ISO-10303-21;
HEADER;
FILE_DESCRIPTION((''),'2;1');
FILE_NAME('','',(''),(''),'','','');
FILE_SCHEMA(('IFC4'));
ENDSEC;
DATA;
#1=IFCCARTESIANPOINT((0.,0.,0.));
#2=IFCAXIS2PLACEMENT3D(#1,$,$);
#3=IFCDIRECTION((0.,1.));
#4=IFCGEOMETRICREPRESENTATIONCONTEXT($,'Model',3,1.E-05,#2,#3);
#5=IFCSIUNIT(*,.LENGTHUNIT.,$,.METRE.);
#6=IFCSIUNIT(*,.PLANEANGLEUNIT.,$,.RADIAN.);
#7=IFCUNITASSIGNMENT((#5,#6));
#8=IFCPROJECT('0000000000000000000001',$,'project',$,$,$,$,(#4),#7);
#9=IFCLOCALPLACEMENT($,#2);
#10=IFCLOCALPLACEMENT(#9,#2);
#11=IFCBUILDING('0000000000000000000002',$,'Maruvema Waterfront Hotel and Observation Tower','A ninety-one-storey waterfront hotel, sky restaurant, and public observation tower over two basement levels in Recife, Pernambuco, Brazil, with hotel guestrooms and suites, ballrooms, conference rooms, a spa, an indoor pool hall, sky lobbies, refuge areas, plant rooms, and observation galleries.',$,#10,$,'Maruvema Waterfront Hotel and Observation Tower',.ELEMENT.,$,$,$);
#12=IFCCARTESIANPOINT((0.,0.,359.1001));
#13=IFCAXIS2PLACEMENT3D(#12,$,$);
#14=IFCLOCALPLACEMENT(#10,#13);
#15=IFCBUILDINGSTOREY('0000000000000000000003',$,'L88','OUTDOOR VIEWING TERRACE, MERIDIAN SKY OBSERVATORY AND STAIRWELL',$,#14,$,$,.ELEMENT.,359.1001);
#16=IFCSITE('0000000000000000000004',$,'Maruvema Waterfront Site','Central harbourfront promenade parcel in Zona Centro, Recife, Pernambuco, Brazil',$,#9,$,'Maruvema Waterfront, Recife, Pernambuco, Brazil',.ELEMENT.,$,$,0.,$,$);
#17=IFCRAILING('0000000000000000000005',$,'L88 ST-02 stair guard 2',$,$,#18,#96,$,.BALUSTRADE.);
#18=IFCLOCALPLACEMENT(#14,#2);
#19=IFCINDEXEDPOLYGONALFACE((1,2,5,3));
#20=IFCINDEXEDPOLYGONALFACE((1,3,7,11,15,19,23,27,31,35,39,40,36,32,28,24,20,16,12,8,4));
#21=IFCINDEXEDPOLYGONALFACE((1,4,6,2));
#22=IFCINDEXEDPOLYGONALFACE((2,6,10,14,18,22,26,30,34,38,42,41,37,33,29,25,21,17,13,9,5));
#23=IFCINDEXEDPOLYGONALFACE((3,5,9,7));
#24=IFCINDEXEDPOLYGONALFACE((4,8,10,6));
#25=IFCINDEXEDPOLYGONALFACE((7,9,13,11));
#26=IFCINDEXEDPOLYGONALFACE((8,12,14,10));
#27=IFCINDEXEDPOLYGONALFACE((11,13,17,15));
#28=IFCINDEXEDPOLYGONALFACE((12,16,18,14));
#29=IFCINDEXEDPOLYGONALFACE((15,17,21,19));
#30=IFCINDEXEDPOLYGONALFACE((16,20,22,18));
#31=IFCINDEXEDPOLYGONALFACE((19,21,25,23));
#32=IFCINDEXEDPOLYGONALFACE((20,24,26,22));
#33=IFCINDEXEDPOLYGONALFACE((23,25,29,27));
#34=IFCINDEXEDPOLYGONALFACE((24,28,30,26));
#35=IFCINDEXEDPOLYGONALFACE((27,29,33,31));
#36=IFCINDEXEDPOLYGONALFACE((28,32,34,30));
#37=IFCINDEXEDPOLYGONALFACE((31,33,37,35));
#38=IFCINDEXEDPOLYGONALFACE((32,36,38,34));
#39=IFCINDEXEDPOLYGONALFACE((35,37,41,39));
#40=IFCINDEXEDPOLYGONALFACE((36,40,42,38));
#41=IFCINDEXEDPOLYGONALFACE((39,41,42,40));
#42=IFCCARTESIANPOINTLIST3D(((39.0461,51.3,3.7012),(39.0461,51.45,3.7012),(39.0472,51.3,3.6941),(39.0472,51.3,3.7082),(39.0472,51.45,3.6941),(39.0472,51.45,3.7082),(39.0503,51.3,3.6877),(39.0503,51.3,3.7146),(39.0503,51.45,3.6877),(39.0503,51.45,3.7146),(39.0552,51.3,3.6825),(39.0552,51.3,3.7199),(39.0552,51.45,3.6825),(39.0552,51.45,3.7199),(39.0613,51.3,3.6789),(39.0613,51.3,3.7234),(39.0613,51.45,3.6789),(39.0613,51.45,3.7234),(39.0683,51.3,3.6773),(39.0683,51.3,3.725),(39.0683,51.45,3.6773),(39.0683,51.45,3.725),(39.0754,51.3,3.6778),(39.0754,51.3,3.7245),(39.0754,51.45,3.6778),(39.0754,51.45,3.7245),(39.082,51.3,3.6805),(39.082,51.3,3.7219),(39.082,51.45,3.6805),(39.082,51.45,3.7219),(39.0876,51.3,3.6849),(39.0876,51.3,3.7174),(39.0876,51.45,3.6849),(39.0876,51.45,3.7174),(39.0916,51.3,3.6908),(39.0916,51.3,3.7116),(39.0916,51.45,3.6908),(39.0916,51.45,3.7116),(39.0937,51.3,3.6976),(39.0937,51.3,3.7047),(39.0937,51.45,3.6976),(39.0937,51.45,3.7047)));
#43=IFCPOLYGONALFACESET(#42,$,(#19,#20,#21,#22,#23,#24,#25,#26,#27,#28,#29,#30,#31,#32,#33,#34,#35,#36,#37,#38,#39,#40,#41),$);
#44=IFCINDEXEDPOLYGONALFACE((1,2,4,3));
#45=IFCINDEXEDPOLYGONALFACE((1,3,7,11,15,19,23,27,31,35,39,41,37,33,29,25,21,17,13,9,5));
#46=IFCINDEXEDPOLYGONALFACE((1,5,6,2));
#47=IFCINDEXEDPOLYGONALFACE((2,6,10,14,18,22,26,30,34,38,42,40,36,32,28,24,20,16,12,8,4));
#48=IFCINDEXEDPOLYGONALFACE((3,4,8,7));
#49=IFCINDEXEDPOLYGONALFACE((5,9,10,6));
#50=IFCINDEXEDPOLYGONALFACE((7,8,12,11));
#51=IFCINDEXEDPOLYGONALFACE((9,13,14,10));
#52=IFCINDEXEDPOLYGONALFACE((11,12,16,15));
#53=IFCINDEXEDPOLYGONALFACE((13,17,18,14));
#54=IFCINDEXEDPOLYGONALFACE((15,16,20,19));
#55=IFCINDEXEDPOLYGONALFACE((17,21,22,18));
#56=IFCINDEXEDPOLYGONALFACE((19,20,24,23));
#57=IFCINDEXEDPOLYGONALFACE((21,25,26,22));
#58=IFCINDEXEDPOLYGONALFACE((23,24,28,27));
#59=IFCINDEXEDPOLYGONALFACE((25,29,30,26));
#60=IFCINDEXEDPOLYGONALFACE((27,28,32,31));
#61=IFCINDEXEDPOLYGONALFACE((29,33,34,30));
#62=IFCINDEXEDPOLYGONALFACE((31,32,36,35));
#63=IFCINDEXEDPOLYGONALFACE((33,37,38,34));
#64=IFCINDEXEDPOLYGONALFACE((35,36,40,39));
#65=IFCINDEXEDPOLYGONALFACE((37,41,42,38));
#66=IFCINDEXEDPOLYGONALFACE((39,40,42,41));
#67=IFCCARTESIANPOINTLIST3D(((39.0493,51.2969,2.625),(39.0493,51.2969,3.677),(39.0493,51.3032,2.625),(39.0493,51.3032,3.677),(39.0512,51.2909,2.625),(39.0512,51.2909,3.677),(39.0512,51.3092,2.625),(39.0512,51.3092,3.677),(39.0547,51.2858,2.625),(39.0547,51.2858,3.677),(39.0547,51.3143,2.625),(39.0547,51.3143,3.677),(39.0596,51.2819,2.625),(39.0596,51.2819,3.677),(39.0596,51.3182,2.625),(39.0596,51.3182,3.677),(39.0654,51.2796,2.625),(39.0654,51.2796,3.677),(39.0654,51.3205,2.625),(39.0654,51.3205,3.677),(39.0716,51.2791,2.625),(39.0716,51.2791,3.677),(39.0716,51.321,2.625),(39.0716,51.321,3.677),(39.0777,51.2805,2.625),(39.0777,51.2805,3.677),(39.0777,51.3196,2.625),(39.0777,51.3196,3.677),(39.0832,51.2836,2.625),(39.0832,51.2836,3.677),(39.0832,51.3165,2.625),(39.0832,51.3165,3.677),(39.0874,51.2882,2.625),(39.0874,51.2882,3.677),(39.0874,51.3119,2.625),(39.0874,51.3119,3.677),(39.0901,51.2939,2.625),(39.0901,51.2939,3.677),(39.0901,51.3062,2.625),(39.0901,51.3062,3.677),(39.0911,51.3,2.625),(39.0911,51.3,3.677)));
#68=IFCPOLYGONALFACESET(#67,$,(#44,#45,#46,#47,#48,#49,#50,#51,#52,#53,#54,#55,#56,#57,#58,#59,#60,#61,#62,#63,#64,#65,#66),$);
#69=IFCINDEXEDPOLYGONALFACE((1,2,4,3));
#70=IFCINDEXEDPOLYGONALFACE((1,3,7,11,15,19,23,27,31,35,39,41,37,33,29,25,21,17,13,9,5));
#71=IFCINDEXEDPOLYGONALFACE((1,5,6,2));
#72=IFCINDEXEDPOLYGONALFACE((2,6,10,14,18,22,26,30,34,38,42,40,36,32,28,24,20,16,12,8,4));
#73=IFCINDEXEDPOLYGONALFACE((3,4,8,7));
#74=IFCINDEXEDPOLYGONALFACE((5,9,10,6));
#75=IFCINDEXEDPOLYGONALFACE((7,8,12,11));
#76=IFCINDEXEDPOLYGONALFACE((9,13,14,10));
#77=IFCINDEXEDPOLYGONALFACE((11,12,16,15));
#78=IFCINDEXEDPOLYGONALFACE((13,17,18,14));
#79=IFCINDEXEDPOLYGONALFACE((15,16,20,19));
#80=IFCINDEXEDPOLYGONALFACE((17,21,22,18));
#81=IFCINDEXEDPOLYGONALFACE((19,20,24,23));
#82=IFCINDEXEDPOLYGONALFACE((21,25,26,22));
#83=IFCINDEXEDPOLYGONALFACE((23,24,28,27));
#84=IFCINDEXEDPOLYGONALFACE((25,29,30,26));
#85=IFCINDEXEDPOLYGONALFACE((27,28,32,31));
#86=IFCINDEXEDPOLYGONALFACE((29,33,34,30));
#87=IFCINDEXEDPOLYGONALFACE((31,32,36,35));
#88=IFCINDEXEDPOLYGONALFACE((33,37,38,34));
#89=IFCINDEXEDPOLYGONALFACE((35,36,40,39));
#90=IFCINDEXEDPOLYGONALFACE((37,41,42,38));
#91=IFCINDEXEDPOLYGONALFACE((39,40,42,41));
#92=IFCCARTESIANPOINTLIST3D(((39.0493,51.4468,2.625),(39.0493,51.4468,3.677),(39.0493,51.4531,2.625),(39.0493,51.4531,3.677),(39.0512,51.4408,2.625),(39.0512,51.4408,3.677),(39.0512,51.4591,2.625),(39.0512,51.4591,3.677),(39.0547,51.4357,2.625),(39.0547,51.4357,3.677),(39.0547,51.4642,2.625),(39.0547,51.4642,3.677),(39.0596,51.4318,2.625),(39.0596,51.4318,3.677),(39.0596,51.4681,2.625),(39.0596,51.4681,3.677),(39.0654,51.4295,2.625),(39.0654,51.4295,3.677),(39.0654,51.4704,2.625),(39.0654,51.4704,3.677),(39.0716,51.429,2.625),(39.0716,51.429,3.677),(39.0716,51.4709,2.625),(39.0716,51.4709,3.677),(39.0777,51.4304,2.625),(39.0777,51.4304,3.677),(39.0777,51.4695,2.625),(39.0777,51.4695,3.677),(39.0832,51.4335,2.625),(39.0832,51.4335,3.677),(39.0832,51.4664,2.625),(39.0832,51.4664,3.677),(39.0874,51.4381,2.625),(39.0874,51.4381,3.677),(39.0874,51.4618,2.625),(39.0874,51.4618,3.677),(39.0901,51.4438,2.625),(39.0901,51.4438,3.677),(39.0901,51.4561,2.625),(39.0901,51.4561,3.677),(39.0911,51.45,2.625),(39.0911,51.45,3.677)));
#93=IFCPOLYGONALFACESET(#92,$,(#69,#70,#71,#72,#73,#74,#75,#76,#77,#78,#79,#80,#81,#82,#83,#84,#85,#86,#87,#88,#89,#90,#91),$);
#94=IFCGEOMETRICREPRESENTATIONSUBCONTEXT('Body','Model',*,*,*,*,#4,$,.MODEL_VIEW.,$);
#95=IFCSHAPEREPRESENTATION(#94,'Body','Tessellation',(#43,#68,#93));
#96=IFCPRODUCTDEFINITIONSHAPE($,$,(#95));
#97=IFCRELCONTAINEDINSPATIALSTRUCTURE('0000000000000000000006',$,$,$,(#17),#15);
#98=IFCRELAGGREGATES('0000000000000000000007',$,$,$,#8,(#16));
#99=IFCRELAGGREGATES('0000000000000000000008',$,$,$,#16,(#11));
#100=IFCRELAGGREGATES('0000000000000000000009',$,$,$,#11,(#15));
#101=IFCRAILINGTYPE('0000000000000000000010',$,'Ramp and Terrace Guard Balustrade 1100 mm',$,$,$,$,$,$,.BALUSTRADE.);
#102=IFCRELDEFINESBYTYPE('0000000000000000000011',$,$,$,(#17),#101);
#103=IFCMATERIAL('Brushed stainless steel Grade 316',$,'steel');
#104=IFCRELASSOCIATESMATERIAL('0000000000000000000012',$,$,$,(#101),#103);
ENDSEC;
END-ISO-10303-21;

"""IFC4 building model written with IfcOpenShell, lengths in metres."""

from ifc_helpers import new_model, si_unit, direction, frame, origin, origin_2d, place, context, subcontext, project, spatial, circle, extrude, material, type_object, element, save


model = new_model("IFC4")

# Units and contexts
model_context = context("Model", 3, precision=1e-05, world=origin(), true_north=direction((0.0, 1.0)))
body_context = subcontext(model_context, "Body", "Model", "MODEL_VIEW")
ifc_project = project(units=[si_unit("LENGTHUNIT", "METRE"), si_unit("PLANEANGLEUNIT", "RADIAN")], contexts=[model_context])

# Site, building, storey
site_placement = place(None, origin())
site = spatial("IfcSite", under=ifc_project, at=site_placement, Name="Maruvema Waterfront Site", Description="Central harbourfront promenade parcel in Zona Centro, Recife, Pernambuco, Brazil", LongName="Maruvema Waterfront, Recife, Pernambuco, Brazil", CompositionType="ELEMENT", RefElevation=0.0)
building_placement = place(site_placement, origin())
building = spatial("IfcBuilding", under=site, at=building_placement, Name="Maruvema Waterfront Hotel and Observation Tower", Description="A ninety-one-storey waterfront hotel, sky restaurant, and public observation tower over two basement levels in Recife, Pernambuco, Brazil, with hotel guestrooms and suites, ballrooms, conference rooms, a spa, an indoor pool hall, sky lobbies, refuge areas, plant rooms, and observation galleries.", LongName="Maruvema Waterfront Hotel and Observation Tower", CompositionType="ELEMENT")
storey_placement = place(building_placement, frame((0.0, 0.0, 359.1001)))
storey = spatial("IfcBuildingStorey", under=building, at=storey_placement, Name="L88", Description="OUTDOOR VIEWING TERRACE, MERIDIAN SKY OBSERVATORY AND STAIRWELL", CompositionType="ELEMENT", Elevation=359.1001)

# Railing
ifc_material_1 = material(Name="Brushed stainless steel Grade 316", Category="steel")
railing_type_1 = type_object("IfcRailingType", Name="Ramp and Terrace Guard Balustrade 1100 mm", PredefinedType="BALUSTRADE", material=ifc_material_1)
railing_1_placement = place(storey_placement, frame((39.0701, 51.3, 2.625)))
element("IfcRailing", 1, at=railing_1_placement, inside=storey, type_object=railing_type_1, Name="L88 ST-02 stair guard 2", PredefinedType="BALUSTRADE", context=body_context, shape_type="SweptSolid", body=[
    extrude(circle(Radius=0.0239, at=origin_2d()), frame((0.0, 0.0, 1.0762), z_axis=(0.0, 1.0, 0.0), x_axis=(-1.0, 0.0, 0.0)), (0.0, 0.0, 1.0), 0.1499),
    extrude(circle(Radius=0.021, at=origin_2d()), origin(), (0.0, 0.0, 1.0), 1.052),
    extrude(circle(Radius=0.021, at=origin_2d()), frame((0.0, 0.1499, 0.0)), (0.0, 0.0, 1.0), 1.052),
])

save(model, "model.ifc")
